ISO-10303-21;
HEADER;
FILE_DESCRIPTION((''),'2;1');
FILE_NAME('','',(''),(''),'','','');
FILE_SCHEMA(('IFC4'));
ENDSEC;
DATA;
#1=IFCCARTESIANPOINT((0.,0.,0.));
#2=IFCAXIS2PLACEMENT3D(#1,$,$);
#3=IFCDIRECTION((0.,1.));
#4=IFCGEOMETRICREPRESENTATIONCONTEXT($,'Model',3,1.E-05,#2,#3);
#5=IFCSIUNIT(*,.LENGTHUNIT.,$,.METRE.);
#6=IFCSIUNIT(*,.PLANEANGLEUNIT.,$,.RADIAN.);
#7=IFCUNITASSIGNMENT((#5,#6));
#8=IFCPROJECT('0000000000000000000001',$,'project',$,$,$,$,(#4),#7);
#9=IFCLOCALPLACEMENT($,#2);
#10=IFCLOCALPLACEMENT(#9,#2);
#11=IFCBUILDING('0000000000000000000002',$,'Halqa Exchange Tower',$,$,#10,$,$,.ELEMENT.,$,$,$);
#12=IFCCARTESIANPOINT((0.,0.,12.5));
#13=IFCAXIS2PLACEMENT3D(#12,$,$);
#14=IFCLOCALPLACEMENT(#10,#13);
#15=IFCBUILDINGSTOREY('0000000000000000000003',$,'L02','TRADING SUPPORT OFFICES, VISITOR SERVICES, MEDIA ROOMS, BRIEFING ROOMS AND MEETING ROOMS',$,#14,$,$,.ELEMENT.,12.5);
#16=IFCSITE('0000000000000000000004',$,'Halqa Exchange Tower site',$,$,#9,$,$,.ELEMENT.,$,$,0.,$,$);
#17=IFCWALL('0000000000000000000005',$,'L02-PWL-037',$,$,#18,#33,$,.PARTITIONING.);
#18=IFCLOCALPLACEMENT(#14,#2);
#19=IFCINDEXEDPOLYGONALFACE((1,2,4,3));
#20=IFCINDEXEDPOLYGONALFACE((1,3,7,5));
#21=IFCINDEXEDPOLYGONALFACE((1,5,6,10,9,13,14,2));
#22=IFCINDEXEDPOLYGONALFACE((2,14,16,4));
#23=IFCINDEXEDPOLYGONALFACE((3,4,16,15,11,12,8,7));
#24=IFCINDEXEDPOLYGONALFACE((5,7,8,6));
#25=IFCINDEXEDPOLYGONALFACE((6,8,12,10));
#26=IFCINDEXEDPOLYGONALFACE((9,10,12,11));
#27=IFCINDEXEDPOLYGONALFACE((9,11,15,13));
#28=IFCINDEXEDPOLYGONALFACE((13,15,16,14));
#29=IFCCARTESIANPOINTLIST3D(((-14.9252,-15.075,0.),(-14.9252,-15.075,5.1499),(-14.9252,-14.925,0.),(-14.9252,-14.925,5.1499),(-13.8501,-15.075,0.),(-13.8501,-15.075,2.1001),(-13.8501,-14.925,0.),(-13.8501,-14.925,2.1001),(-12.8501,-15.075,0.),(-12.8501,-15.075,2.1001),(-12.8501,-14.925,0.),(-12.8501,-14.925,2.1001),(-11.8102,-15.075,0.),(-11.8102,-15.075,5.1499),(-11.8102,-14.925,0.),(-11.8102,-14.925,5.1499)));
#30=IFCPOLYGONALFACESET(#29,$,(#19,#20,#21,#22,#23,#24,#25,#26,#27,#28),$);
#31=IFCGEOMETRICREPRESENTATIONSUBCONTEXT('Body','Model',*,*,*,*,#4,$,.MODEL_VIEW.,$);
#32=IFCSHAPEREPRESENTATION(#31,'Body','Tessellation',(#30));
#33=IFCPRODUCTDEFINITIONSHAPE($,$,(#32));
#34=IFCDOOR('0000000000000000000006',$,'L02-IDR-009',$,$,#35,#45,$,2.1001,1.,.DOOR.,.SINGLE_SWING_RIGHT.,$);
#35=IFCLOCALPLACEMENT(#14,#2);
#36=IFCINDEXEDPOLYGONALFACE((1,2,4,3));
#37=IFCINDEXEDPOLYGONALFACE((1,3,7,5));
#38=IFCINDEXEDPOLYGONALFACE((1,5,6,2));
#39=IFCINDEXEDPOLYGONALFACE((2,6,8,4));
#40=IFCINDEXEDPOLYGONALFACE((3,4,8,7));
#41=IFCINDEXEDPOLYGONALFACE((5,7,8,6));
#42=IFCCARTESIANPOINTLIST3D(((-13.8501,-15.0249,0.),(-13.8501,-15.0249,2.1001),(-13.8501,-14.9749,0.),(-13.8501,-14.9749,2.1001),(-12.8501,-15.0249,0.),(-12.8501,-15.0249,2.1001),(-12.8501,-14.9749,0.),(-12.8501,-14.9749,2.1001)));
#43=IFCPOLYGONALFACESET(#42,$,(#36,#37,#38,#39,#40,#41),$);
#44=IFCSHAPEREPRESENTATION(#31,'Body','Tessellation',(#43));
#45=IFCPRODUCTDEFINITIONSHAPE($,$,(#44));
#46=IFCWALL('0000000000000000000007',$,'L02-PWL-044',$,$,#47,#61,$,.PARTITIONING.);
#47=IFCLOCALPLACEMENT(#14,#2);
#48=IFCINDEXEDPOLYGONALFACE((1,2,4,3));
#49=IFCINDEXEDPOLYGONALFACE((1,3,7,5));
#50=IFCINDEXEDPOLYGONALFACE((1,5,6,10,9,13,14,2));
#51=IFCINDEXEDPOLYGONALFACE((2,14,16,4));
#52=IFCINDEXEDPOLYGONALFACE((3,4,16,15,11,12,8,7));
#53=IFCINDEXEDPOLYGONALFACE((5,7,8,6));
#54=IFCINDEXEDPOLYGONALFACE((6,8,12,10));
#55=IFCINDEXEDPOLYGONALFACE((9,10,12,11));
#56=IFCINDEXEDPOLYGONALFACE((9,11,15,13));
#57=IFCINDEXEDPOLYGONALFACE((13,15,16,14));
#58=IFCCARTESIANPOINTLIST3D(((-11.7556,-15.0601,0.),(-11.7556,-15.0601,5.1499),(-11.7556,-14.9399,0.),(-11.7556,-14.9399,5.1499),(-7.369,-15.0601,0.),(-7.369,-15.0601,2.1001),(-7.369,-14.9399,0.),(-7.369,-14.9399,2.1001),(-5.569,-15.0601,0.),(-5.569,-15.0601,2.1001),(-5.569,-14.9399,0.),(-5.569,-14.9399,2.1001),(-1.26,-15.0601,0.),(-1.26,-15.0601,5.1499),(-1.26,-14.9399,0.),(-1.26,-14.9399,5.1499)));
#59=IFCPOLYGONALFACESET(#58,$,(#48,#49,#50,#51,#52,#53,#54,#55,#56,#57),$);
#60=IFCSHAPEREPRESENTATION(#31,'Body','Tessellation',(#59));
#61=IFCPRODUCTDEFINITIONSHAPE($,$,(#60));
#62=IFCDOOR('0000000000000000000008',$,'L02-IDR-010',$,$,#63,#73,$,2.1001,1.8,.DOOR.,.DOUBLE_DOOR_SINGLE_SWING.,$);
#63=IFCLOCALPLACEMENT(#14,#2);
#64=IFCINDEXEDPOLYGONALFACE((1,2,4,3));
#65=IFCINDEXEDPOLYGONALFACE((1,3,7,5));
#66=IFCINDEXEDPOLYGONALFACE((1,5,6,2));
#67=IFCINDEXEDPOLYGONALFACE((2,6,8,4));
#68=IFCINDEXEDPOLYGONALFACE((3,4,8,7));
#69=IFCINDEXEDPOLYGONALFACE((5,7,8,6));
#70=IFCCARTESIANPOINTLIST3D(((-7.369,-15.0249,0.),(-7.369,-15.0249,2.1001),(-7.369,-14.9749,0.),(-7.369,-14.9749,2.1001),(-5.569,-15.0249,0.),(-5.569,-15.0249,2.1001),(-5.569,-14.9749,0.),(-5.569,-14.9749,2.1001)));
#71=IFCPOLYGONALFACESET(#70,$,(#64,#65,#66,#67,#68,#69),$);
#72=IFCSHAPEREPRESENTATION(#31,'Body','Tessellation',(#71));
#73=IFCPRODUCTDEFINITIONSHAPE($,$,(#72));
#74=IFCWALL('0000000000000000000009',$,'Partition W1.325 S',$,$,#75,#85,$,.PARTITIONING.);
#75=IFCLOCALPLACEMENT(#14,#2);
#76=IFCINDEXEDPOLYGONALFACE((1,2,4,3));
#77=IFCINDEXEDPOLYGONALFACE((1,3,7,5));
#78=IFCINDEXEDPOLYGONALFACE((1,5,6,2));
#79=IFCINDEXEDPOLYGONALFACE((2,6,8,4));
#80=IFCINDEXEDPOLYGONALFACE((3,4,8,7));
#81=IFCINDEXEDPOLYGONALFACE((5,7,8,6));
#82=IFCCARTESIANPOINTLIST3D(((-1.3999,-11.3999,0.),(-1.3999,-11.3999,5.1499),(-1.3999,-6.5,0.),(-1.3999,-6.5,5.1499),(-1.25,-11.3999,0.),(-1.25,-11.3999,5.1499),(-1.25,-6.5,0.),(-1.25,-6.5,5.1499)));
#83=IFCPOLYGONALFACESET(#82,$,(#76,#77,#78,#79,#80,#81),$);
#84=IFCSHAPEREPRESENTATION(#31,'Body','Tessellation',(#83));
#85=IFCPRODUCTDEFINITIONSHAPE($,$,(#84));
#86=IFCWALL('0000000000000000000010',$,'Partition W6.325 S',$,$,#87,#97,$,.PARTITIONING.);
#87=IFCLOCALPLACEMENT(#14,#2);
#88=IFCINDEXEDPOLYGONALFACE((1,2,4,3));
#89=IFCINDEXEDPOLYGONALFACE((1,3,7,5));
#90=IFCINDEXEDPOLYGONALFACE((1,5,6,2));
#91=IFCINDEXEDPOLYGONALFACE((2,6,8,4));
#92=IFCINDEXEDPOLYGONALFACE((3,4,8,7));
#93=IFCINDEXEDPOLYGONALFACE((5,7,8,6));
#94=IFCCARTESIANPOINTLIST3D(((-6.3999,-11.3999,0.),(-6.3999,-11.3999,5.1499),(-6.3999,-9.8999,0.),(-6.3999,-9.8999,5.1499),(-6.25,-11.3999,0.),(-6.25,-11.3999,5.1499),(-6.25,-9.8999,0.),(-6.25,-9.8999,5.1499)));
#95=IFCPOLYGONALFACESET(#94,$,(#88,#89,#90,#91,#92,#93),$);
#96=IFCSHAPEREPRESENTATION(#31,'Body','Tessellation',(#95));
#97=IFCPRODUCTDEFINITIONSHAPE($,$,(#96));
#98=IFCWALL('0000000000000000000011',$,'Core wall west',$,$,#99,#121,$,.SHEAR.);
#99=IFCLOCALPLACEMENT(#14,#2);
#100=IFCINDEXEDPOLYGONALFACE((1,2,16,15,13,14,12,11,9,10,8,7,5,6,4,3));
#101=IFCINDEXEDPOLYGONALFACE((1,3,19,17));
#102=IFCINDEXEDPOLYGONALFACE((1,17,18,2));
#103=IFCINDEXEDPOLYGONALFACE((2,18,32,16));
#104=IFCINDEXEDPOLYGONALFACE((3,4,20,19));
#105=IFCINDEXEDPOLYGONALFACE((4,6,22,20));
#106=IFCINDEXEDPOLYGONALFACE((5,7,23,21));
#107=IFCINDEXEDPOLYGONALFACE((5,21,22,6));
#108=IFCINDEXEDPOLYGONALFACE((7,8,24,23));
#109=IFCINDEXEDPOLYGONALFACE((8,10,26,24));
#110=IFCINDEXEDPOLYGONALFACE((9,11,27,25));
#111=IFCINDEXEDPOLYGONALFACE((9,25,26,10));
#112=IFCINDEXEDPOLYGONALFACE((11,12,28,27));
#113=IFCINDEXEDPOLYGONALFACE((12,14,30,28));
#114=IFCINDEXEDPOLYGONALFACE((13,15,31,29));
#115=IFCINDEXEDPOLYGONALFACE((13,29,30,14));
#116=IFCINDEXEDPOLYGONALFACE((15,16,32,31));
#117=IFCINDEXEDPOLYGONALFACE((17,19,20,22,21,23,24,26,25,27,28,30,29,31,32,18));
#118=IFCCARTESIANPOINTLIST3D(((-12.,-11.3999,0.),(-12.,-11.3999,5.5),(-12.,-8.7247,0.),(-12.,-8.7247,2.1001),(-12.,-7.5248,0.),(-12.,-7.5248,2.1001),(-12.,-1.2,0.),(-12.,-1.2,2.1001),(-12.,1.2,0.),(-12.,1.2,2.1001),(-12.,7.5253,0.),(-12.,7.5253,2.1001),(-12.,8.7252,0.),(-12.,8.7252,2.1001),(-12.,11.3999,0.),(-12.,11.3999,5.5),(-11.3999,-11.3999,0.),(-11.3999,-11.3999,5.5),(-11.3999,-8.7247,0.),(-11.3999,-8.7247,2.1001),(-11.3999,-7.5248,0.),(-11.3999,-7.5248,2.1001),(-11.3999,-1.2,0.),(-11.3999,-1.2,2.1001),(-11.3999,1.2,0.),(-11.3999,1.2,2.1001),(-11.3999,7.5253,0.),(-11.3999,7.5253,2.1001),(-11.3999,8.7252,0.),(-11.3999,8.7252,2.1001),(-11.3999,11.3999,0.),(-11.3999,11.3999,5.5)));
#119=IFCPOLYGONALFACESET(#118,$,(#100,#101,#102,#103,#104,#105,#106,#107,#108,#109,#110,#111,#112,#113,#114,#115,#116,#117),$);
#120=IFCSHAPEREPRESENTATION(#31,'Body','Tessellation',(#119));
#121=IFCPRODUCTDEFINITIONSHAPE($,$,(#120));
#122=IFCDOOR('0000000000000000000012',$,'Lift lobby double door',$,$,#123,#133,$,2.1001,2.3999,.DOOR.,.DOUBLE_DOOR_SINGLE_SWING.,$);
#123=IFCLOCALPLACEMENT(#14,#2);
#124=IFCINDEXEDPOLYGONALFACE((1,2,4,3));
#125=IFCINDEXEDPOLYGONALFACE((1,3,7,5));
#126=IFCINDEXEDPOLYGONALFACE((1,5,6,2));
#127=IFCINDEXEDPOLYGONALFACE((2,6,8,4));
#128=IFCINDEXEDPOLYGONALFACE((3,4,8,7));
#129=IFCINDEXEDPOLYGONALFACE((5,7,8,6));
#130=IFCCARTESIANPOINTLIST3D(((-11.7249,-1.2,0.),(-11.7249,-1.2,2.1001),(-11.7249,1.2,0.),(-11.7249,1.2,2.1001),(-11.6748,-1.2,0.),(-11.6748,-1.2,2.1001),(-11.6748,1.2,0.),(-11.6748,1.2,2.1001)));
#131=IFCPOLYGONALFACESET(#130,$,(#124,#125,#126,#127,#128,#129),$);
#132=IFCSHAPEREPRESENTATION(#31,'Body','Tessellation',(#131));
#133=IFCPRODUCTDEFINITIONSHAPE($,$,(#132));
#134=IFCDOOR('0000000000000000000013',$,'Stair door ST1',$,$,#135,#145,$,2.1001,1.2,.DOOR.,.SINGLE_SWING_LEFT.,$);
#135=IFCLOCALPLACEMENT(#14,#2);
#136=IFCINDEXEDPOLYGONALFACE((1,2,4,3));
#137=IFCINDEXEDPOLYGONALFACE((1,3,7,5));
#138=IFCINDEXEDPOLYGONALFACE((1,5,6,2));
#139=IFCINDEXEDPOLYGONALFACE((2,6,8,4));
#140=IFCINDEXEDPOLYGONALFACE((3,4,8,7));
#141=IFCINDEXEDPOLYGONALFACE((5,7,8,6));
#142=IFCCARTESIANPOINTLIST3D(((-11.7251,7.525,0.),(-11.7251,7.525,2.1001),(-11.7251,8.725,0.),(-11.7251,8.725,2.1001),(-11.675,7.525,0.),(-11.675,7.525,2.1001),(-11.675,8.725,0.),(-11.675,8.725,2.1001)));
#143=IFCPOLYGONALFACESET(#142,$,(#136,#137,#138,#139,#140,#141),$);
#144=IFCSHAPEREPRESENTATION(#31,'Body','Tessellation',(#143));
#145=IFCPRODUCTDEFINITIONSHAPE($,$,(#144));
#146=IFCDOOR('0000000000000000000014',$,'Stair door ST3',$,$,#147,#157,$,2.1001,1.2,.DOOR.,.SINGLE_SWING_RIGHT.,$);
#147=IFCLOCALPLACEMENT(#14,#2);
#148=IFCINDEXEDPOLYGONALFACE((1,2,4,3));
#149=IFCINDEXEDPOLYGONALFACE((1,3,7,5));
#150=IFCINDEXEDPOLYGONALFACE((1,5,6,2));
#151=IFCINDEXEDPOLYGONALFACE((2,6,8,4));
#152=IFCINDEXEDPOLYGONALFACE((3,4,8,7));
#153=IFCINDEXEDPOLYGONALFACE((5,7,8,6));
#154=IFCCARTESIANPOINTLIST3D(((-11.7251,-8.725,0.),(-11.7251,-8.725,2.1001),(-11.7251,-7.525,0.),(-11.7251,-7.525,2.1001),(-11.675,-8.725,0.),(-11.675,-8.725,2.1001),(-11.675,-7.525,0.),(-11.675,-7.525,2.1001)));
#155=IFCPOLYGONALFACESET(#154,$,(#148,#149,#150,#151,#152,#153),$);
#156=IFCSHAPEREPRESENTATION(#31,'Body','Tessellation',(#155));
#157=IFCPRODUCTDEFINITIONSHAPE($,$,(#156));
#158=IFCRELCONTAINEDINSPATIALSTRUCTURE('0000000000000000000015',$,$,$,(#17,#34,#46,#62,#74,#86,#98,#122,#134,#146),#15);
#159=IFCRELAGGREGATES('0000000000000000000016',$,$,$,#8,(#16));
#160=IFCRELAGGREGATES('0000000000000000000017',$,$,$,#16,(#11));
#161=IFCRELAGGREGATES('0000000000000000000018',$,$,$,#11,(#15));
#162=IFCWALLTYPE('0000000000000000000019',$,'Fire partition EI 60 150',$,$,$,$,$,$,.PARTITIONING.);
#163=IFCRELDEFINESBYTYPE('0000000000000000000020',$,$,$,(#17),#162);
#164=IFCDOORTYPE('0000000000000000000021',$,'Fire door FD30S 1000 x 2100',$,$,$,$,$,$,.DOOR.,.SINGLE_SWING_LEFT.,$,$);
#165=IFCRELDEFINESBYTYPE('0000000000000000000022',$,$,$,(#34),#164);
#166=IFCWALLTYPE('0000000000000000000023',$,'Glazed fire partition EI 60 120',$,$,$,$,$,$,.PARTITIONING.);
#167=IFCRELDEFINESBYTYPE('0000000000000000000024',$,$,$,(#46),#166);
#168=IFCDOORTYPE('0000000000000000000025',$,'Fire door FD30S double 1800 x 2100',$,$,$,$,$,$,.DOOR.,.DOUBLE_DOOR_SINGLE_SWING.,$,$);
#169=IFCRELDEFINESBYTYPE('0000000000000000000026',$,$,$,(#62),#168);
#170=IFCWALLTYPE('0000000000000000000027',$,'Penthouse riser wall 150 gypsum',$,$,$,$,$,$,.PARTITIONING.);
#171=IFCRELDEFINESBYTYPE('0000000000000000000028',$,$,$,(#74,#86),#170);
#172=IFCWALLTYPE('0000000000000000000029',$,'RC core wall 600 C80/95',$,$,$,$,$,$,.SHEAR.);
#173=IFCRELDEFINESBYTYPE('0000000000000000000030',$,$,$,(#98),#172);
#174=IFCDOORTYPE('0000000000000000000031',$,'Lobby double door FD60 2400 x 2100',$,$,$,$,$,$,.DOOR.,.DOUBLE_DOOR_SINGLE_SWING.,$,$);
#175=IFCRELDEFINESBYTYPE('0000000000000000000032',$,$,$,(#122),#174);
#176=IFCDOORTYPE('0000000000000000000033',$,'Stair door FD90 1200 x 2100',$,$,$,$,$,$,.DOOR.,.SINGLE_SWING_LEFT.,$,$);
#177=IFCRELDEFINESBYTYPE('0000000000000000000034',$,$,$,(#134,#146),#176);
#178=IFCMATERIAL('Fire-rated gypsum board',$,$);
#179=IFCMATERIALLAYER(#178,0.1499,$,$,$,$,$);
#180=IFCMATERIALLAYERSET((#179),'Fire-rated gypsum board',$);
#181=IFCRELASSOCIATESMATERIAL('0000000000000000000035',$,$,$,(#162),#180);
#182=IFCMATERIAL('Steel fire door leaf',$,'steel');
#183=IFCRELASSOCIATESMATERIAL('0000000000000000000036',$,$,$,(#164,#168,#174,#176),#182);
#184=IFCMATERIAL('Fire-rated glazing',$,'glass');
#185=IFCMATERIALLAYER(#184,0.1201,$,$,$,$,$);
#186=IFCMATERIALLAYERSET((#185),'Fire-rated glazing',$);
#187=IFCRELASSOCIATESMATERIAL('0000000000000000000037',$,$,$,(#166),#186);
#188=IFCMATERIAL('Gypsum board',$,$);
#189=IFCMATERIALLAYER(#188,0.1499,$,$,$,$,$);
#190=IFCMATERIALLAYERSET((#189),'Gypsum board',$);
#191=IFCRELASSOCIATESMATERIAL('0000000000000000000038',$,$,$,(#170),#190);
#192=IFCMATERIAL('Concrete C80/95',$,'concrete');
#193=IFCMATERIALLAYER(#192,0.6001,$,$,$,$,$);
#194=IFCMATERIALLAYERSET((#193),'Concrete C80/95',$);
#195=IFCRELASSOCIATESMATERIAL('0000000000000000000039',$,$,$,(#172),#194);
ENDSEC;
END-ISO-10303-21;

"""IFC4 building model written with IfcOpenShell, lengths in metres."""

from ifc_helpers import new_model, si_unit, direction, frame, frame_2d, origin, place, context, subcontext, project, spatial, rectangle, extrude, material, layer, layer_set, type_object, element, fill, save


model = new_model("IFC4")

# Units and contexts
model_context = context("Model", 3, precision=1e-05, world=origin(), true_north=direction((0.0, 1.0)))
body_context = subcontext(model_context, "Body", "Model", "MODEL_VIEW")
ifc_project = project(units=[si_unit("LENGTHUNIT", "METRE"), si_unit("PLANEANGLEUNIT", "RADIAN")], contexts=[model_context])

# Site, building, storey
site_placement = place(None, origin())
site = spatial("IfcSite", under=ifc_project, at=site_placement, Name="Halqa Exchange Tower site", CompositionType="ELEMENT", RefElevation=0.0)
building_placement = place(site_placement, origin())
building = spatial("IfcBuilding", under=site, at=building_placement, Name="Halqa Exchange Tower", CompositionType="ELEMENT")
storey_placement = place(building_placement, frame((0.0, 0.0, 12.5)))
storey = spatial("IfcBuildingStorey", under=building, at=storey_placement, Name="L02", Description="TRADING SUPPORT OFFICES, VISITOR SERVICES, MEDIA ROOMS, BRIEFING ROOMS AND MEETING ROOMS", CompositionType="ELEMENT", Elevation=12.5)

# Walls, openings, doors
ifc_material_1 = material(Name="Fire-rated gypsum board")
ifc_layer_1 = layer(ifc_material_1, 0.1499)
ifc_layer_set_1 = layer_set([ifc_layer_1], Name="Fire-rated gypsum board")
wall_type_1 = type_object("IfcWallType", Name="Fire partition EI 60 150", PredefinedType="PARTITIONING", material=ifc_layer_set_1)
wall_1_placement = place(storey_placement, frame((-11.8101, -15.0, 0.0), z_axis=(0.0, 0.0, 1.0), x_axis=(-1.0, 0.0, 0.0)))
wall_1 = element("IfcWall", 1, at=wall_1_placement, inside=storey, type_object=wall_type_1, Name="L02-PWL-037", PredefinedType="PARTITIONING", context=body_context, shape_type="SweptSolid", body=[
    extrude(rectangle(XDim=3.115, YDim=0.1499, at=frame_2d((1.5576, 0.0))), origin(), (0.0, 0.0, 1.0), 5.1499),
])
opening_1_placement = place(wall_1_placement, frame((1.04, 0.0, 0.0)))
opening_1 = element("IfcOpeningElement", 2, at=opening_1_placement, cuts=wall_1, PredefinedType="OPENING", context=body_context, shape_type="SweptSolid", body=[
    extrude(rectangle(XDim=1.0, YDim=2.1001, at=frame_2d((0.5, 1.05))), frame((0.0, 0.0869, 0.0), z_axis=(0.0, -1.0, 0.0), x_axis=(1.0, 0.0, 0.0)), (0.0, 0.0, 1.0), 0.1738),
])
ifc_material_2 = material(Name="Steel fire door leaf", Category="steel")
door_type_1 = type_object("IfcDoorType", Name="Fire door FD30S 1000 x 2100", OperationType="SINGLE_SWING_LEFT", PredefinedType="DOOR", material=ifc_material_2)
door_1_placement = place(opening_1_placement, origin())
door_1 = element("IfcDoor", 3, at=door_1_placement, inside=storey, type_object=door_type_1, Name="L02-IDR-009", OperationType="SINGLE_SWING_RIGHT", OverallHeight=2.1001, OverallWidth=1.0, PredefinedType="DOOR", context=body_context, shape_type="SweptSolid", body=[
    extrude(rectangle(XDim=1.0, YDim=2.1001, at=frame_2d((0.5, 1.05))), frame((0.0, 0.0249, 0.0), z_axis=(0.0, -1.0, 0.0), x_axis=(1.0, 0.0, 0.0)), (0.0, 0.0, 1.0), 0.05),
])
fill(opening_1, door_1)
ifc_material_3 = material(Name="Fire-rated glazing", Category="glass")
ifc_layer_2 = layer(ifc_material_3, 0.1201)
ifc_layer_set_2 = layer_set([ifc_layer_2], Name="Fire-rated glazing")
wall_type_2 = type_object("IfcWallType", Name="Glazed fire partition EI 60 120", PredefinedType="PARTITIONING", material=ifc_layer_set_2)
wall_2_placement = place(storey_placement, frame((-1.26, -15.0, 0.0), z_axis=(0.0, 0.0, 1.0), x_axis=(-1.0, 0.0, 0.0)))
wall_2 = element("IfcWall", 4, at=wall_2_placement, inside=storey, type_object=wall_type_2, Name="L02-PWL-044", PredefinedType="PARTITIONING", context=body_context, shape_type="SweptSolid", body=[
    extrude(rectangle(XDim=10.4956, YDim=0.1201, at=frame_2d((5.2478, 0.0))), origin(), (0.0, 0.0, 1.0), 5.1499),
])
opening_2_placement = place(wall_2_placement, frame((4.3091, 0.0, 0.0)))
opening_2 = element("IfcOpeningElement", 5, at=opening_2_placement, cuts=wall_2, PredefinedType="OPENING", context=body_context, shape_type="SweptSolid", body=[
    extrude(rectangle(XDim=1.8, YDim=2.1001, at=frame_2d((0.8999, 1.05))), frame((0.0, 0.072, 0.0), z_axis=(0.0, -1.0, 0.0), x_axis=(1.0, 0.0, 0.0)), (0.0, 0.0, 1.0), 0.144),
])
door_type_2 = type_object("IfcDoorType", Name="Fire door FD30S double 1800 x 2100", OperationType="DOUBLE_DOOR_SINGLE_SWING", PredefinedType="DOOR", material=ifc_material_2)
door_2_placement = place(opening_2_placement, origin())
door_2 = element("IfcDoor", 6, at=door_2_placement, inside=storey, type_object=door_type_2, Name="L02-IDR-010", OperationType="DOUBLE_DOOR_SINGLE_SWING", OverallHeight=2.1001, OverallWidth=1.8, PredefinedType="DOOR", context=body_context, shape_type="SweptSolid", body=[
    extrude(rectangle(XDim=1.8, YDim=2.1001, at=frame_2d((0.8999, 1.05))), frame((0.0, 0.0249, 0.0), z_axis=(0.0, -1.0, 0.0), x_axis=(1.0, 0.0, 0.0)), (0.0, 0.0, 1.0), 0.05),
])
fill(opening_2, door_2)

# Walls
ifc_material_4 = material(Name="Gypsum board")
ifc_layer_3 = layer(ifc_material_4, 0.1499)
ifc_layer_set_3 = layer_set([ifc_layer_3], Name="Gypsum board")
wall_type_3 = type_object("IfcWallType", Name="Penthouse riser wall 150 gypsum", PredefinedType="PARTITIONING", material=ifc_layer_set_3)
wall_3_placement = place(storey_placement, frame((-1.325, -11.3999, 0.0), z_axis=(0.0, 0.0, 1.0), x_axis=(0.0, 1.0, 0.0)))
element("IfcWall", 7, at=wall_3_placement, inside=storey, type_object=wall_type_3, Name="Partition W1.325 S", PredefinedType="PARTITIONING", context=body_context, shape_type="SweptSolid", body=[
    extrude(rectangle(XDim=4.8999, YDim=0.1499, at=frame_2d((2.45, 0.0))), origin(), (0.0, 0.0, 1.0), 5.1499),
])
wall_4_placement = place(storey_placement, frame((-6.325, -11.3999, 0.0), z_axis=(0.0, 0.0, 1.0), x_axis=(0.0, 1.0, 0.0)))
element("IfcWall", 8, at=wall_4_placement, inside=storey, type_object=wall_type_3, Name="Partition W6.325 S", PredefinedType="PARTITIONING", context=body_context, shape_type="SweptSolid", body=[
    extrude(rectangle(XDim=1.5, YDim=0.1499, at=frame_2d((0.75, 0.0))), origin(), (0.0, 0.0, 1.0), 5.1499),
])

# Wall, openings, doors
ifc_material_5 = material(Name="Concrete C80/95", Category="concrete")
ifc_layer_4 = layer(ifc_material_5, 0.6001)
ifc_layer_set_4 = layer_set([ifc_layer_4], Name="Concrete C80/95")
wall_type_4 = type_object("IfcWallType", Name="RC core wall 600 C80/95", PredefinedType="SHEAR", material=ifc_layer_set_4)
wall_5_placement = place(storey_placement, frame((-11.7, -11.3999, 0.0), z_axis=(0.0, 0.0, 1.0), x_axis=(0.0, 1.0, 0.0)))
wall_5 = element("IfcWall", 9, at=wall_5_placement, inside=storey, type_object=wall_type_4, Name="Core wall west", PredefinedType="SHEAR", context=body_context, shape_type="SweptSolid", body=[
    extrude(rectangle(XDim=22.7998, YDim=0.6001, at=frame_2d((11.3999, 0.0))), origin(), (0.0, 0.0, 1.0), 5.5),
])
opening_3_placement = place(wall_5_placement, frame((10.2, 0.0, 0.0)))
opening_3 = element("IfcOpeningElement", 10, at=opening_3_placement, cuts=wall_5, PredefinedType="OPENING", context=body_context, shape_type="SweptSolid", body=[
    extrude(rectangle(XDim=2.3999, YDim=2.1001, at=frame_2d((1.2, 1.05))), frame((0.0, 0.312, 0.0), z_axis=(0.0, -1.0, 0.0), x_axis=(1.0, 0.0, 0.0)), (0.0, 0.0, 1.0), 0.624),
])
opening_4_placement = place(wall_5_placement, frame((18.925, 0.0, 0.0)))
opening_4 = element("IfcOpeningElement", 11, at=opening_4_placement, cuts=wall_5, PredefinedType="OPENING", context=body_context, shape_type="SweptSolid", body=[
    extrude(rectangle(XDim=1.2, YDim=2.1001, at=frame_2d((0.6001, 1.05))), frame((0.0, 0.312, 0.0), z_axis=(0.0, -1.0, 0.0), x_axis=(1.0, 0.0, 0.0)), (0.0, 0.0, 1.0), 0.624),
])
opening_5_placement = place(wall_5_placement, frame((2.675, 0.0, 0.0)))
opening_5 = element("IfcOpeningElement", 12, at=opening_5_placement, cuts=wall_5, PredefinedType="OPENING", context=body_context, shape_type="SweptSolid", body=[
    extrude(rectangle(XDim=1.2, YDim=2.1001, at=frame_2d((0.6001, 1.05))), frame((0.0, 0.312, 0.0), z_axis=(0.0, -1.0, 0.0), x_axis=(1.0, 0.0, 0.0)), (0.0, 0.0, 1.0), 0.624),
])
door_type_3 = type_object("IfcDoorType", Name="Lobby double door FD60 2400 x 2100", OperationType="DOUBLE_DOOR_SINGLE_SWING", PredefinedType="DOOR", material=ifc_material_2)
door_3_placement = place(opening_3_placement, origin())
door_3 = element("IfcDoor", 13, at=door_3_placement, inside=storey, type_object=door_type_3, Name="Lift lobby double door", OperationType="DOUBLE_DOOR_SINGLE_SWING", OverallHeight=2.1001, OverallWidth=2.3999, PredefinedType="DOOR", context=body_context, shape_type="SweptSolid", body=[
    extrude(rectangle(XDim=2.3999, YDim=2.1001, at=frame_2d((1.2, 1.05))), frame((0.0, 0.0249, 0.0), z_axis=(0.0, -1.0, 0.0), x_axis=(1.0, 0.0, 0.0)), (0.0, 0.0, 1.0), 0.05),
])
fill(opening_3, door_3)
door_type_4 = type_object("IfcDoorType", Name="Stair door FD90 1200 x 2100", OperationType="SINGLE_SWING_LEFT", PredefinedType="DOOR", material=ifc_material_2)
door_4_placement = place(opening_4_placement, frame((1.2, 0.0, 0.0), z_axis=(0.0, 0.0, 1.0), x_axis=(-1.0, 0.0, 0.0)))
door_4 = element("IfcDoor", 14, at=door_4_placement, inside=storey, type_object=door_type_4, Name="Stair door ST1", OperationType="SINGLE_SWING_LEFT", OverallHeight=2.1001, OverallWidth=1.2, PredefinedType="DOOR", context=body_context, shape_type="SweptSolid", body=[
    extrude(rectangle(XDim=1.2, YDim=2.1001, at=frame_2d((0.6001, 1.05))), frame((0.0, 0.0249, 0.0), z_axis=(0.0, -1.0, 0.0), x_axis=(1.0, 0.0, 0.0)), (0.0, 0.0, 1.0), 0.05),
])
fill(opening_4, door_4)
door_5_placement = place(opening_5_placement, frame((1.2, 0.0, 0.0), z_axis=(0.0, 0.0, 1.0), x_axis=(-1.0, 0.0, 0.0)))
door_5 = element("IfcDoor", 15, at=door_5_placement, inside=storey, type_object=door_type_4, Name="Stair door ST3", OperationType="SINGLE_SWING_RIGHT", OverallHeight=2.1001, OverallWidth=1.2, PredefinedType="DOOR", context=body_context, shape_type="SweptSolid", body=[
    extrude(rectangle(XDim=1.2, YDim=2.1001, at=frame_2d((0.6001, 1.05))), frame((0.0, 0.0249, 0.0), z_axis=(0.0, -1.0, 0.0), x_axis=(1.0, 0.0, 0.0)), (0.0, 0.0, 1.0), 0.05),
])
fill(opening_5, door_5)

save(model, "model.ifc")
